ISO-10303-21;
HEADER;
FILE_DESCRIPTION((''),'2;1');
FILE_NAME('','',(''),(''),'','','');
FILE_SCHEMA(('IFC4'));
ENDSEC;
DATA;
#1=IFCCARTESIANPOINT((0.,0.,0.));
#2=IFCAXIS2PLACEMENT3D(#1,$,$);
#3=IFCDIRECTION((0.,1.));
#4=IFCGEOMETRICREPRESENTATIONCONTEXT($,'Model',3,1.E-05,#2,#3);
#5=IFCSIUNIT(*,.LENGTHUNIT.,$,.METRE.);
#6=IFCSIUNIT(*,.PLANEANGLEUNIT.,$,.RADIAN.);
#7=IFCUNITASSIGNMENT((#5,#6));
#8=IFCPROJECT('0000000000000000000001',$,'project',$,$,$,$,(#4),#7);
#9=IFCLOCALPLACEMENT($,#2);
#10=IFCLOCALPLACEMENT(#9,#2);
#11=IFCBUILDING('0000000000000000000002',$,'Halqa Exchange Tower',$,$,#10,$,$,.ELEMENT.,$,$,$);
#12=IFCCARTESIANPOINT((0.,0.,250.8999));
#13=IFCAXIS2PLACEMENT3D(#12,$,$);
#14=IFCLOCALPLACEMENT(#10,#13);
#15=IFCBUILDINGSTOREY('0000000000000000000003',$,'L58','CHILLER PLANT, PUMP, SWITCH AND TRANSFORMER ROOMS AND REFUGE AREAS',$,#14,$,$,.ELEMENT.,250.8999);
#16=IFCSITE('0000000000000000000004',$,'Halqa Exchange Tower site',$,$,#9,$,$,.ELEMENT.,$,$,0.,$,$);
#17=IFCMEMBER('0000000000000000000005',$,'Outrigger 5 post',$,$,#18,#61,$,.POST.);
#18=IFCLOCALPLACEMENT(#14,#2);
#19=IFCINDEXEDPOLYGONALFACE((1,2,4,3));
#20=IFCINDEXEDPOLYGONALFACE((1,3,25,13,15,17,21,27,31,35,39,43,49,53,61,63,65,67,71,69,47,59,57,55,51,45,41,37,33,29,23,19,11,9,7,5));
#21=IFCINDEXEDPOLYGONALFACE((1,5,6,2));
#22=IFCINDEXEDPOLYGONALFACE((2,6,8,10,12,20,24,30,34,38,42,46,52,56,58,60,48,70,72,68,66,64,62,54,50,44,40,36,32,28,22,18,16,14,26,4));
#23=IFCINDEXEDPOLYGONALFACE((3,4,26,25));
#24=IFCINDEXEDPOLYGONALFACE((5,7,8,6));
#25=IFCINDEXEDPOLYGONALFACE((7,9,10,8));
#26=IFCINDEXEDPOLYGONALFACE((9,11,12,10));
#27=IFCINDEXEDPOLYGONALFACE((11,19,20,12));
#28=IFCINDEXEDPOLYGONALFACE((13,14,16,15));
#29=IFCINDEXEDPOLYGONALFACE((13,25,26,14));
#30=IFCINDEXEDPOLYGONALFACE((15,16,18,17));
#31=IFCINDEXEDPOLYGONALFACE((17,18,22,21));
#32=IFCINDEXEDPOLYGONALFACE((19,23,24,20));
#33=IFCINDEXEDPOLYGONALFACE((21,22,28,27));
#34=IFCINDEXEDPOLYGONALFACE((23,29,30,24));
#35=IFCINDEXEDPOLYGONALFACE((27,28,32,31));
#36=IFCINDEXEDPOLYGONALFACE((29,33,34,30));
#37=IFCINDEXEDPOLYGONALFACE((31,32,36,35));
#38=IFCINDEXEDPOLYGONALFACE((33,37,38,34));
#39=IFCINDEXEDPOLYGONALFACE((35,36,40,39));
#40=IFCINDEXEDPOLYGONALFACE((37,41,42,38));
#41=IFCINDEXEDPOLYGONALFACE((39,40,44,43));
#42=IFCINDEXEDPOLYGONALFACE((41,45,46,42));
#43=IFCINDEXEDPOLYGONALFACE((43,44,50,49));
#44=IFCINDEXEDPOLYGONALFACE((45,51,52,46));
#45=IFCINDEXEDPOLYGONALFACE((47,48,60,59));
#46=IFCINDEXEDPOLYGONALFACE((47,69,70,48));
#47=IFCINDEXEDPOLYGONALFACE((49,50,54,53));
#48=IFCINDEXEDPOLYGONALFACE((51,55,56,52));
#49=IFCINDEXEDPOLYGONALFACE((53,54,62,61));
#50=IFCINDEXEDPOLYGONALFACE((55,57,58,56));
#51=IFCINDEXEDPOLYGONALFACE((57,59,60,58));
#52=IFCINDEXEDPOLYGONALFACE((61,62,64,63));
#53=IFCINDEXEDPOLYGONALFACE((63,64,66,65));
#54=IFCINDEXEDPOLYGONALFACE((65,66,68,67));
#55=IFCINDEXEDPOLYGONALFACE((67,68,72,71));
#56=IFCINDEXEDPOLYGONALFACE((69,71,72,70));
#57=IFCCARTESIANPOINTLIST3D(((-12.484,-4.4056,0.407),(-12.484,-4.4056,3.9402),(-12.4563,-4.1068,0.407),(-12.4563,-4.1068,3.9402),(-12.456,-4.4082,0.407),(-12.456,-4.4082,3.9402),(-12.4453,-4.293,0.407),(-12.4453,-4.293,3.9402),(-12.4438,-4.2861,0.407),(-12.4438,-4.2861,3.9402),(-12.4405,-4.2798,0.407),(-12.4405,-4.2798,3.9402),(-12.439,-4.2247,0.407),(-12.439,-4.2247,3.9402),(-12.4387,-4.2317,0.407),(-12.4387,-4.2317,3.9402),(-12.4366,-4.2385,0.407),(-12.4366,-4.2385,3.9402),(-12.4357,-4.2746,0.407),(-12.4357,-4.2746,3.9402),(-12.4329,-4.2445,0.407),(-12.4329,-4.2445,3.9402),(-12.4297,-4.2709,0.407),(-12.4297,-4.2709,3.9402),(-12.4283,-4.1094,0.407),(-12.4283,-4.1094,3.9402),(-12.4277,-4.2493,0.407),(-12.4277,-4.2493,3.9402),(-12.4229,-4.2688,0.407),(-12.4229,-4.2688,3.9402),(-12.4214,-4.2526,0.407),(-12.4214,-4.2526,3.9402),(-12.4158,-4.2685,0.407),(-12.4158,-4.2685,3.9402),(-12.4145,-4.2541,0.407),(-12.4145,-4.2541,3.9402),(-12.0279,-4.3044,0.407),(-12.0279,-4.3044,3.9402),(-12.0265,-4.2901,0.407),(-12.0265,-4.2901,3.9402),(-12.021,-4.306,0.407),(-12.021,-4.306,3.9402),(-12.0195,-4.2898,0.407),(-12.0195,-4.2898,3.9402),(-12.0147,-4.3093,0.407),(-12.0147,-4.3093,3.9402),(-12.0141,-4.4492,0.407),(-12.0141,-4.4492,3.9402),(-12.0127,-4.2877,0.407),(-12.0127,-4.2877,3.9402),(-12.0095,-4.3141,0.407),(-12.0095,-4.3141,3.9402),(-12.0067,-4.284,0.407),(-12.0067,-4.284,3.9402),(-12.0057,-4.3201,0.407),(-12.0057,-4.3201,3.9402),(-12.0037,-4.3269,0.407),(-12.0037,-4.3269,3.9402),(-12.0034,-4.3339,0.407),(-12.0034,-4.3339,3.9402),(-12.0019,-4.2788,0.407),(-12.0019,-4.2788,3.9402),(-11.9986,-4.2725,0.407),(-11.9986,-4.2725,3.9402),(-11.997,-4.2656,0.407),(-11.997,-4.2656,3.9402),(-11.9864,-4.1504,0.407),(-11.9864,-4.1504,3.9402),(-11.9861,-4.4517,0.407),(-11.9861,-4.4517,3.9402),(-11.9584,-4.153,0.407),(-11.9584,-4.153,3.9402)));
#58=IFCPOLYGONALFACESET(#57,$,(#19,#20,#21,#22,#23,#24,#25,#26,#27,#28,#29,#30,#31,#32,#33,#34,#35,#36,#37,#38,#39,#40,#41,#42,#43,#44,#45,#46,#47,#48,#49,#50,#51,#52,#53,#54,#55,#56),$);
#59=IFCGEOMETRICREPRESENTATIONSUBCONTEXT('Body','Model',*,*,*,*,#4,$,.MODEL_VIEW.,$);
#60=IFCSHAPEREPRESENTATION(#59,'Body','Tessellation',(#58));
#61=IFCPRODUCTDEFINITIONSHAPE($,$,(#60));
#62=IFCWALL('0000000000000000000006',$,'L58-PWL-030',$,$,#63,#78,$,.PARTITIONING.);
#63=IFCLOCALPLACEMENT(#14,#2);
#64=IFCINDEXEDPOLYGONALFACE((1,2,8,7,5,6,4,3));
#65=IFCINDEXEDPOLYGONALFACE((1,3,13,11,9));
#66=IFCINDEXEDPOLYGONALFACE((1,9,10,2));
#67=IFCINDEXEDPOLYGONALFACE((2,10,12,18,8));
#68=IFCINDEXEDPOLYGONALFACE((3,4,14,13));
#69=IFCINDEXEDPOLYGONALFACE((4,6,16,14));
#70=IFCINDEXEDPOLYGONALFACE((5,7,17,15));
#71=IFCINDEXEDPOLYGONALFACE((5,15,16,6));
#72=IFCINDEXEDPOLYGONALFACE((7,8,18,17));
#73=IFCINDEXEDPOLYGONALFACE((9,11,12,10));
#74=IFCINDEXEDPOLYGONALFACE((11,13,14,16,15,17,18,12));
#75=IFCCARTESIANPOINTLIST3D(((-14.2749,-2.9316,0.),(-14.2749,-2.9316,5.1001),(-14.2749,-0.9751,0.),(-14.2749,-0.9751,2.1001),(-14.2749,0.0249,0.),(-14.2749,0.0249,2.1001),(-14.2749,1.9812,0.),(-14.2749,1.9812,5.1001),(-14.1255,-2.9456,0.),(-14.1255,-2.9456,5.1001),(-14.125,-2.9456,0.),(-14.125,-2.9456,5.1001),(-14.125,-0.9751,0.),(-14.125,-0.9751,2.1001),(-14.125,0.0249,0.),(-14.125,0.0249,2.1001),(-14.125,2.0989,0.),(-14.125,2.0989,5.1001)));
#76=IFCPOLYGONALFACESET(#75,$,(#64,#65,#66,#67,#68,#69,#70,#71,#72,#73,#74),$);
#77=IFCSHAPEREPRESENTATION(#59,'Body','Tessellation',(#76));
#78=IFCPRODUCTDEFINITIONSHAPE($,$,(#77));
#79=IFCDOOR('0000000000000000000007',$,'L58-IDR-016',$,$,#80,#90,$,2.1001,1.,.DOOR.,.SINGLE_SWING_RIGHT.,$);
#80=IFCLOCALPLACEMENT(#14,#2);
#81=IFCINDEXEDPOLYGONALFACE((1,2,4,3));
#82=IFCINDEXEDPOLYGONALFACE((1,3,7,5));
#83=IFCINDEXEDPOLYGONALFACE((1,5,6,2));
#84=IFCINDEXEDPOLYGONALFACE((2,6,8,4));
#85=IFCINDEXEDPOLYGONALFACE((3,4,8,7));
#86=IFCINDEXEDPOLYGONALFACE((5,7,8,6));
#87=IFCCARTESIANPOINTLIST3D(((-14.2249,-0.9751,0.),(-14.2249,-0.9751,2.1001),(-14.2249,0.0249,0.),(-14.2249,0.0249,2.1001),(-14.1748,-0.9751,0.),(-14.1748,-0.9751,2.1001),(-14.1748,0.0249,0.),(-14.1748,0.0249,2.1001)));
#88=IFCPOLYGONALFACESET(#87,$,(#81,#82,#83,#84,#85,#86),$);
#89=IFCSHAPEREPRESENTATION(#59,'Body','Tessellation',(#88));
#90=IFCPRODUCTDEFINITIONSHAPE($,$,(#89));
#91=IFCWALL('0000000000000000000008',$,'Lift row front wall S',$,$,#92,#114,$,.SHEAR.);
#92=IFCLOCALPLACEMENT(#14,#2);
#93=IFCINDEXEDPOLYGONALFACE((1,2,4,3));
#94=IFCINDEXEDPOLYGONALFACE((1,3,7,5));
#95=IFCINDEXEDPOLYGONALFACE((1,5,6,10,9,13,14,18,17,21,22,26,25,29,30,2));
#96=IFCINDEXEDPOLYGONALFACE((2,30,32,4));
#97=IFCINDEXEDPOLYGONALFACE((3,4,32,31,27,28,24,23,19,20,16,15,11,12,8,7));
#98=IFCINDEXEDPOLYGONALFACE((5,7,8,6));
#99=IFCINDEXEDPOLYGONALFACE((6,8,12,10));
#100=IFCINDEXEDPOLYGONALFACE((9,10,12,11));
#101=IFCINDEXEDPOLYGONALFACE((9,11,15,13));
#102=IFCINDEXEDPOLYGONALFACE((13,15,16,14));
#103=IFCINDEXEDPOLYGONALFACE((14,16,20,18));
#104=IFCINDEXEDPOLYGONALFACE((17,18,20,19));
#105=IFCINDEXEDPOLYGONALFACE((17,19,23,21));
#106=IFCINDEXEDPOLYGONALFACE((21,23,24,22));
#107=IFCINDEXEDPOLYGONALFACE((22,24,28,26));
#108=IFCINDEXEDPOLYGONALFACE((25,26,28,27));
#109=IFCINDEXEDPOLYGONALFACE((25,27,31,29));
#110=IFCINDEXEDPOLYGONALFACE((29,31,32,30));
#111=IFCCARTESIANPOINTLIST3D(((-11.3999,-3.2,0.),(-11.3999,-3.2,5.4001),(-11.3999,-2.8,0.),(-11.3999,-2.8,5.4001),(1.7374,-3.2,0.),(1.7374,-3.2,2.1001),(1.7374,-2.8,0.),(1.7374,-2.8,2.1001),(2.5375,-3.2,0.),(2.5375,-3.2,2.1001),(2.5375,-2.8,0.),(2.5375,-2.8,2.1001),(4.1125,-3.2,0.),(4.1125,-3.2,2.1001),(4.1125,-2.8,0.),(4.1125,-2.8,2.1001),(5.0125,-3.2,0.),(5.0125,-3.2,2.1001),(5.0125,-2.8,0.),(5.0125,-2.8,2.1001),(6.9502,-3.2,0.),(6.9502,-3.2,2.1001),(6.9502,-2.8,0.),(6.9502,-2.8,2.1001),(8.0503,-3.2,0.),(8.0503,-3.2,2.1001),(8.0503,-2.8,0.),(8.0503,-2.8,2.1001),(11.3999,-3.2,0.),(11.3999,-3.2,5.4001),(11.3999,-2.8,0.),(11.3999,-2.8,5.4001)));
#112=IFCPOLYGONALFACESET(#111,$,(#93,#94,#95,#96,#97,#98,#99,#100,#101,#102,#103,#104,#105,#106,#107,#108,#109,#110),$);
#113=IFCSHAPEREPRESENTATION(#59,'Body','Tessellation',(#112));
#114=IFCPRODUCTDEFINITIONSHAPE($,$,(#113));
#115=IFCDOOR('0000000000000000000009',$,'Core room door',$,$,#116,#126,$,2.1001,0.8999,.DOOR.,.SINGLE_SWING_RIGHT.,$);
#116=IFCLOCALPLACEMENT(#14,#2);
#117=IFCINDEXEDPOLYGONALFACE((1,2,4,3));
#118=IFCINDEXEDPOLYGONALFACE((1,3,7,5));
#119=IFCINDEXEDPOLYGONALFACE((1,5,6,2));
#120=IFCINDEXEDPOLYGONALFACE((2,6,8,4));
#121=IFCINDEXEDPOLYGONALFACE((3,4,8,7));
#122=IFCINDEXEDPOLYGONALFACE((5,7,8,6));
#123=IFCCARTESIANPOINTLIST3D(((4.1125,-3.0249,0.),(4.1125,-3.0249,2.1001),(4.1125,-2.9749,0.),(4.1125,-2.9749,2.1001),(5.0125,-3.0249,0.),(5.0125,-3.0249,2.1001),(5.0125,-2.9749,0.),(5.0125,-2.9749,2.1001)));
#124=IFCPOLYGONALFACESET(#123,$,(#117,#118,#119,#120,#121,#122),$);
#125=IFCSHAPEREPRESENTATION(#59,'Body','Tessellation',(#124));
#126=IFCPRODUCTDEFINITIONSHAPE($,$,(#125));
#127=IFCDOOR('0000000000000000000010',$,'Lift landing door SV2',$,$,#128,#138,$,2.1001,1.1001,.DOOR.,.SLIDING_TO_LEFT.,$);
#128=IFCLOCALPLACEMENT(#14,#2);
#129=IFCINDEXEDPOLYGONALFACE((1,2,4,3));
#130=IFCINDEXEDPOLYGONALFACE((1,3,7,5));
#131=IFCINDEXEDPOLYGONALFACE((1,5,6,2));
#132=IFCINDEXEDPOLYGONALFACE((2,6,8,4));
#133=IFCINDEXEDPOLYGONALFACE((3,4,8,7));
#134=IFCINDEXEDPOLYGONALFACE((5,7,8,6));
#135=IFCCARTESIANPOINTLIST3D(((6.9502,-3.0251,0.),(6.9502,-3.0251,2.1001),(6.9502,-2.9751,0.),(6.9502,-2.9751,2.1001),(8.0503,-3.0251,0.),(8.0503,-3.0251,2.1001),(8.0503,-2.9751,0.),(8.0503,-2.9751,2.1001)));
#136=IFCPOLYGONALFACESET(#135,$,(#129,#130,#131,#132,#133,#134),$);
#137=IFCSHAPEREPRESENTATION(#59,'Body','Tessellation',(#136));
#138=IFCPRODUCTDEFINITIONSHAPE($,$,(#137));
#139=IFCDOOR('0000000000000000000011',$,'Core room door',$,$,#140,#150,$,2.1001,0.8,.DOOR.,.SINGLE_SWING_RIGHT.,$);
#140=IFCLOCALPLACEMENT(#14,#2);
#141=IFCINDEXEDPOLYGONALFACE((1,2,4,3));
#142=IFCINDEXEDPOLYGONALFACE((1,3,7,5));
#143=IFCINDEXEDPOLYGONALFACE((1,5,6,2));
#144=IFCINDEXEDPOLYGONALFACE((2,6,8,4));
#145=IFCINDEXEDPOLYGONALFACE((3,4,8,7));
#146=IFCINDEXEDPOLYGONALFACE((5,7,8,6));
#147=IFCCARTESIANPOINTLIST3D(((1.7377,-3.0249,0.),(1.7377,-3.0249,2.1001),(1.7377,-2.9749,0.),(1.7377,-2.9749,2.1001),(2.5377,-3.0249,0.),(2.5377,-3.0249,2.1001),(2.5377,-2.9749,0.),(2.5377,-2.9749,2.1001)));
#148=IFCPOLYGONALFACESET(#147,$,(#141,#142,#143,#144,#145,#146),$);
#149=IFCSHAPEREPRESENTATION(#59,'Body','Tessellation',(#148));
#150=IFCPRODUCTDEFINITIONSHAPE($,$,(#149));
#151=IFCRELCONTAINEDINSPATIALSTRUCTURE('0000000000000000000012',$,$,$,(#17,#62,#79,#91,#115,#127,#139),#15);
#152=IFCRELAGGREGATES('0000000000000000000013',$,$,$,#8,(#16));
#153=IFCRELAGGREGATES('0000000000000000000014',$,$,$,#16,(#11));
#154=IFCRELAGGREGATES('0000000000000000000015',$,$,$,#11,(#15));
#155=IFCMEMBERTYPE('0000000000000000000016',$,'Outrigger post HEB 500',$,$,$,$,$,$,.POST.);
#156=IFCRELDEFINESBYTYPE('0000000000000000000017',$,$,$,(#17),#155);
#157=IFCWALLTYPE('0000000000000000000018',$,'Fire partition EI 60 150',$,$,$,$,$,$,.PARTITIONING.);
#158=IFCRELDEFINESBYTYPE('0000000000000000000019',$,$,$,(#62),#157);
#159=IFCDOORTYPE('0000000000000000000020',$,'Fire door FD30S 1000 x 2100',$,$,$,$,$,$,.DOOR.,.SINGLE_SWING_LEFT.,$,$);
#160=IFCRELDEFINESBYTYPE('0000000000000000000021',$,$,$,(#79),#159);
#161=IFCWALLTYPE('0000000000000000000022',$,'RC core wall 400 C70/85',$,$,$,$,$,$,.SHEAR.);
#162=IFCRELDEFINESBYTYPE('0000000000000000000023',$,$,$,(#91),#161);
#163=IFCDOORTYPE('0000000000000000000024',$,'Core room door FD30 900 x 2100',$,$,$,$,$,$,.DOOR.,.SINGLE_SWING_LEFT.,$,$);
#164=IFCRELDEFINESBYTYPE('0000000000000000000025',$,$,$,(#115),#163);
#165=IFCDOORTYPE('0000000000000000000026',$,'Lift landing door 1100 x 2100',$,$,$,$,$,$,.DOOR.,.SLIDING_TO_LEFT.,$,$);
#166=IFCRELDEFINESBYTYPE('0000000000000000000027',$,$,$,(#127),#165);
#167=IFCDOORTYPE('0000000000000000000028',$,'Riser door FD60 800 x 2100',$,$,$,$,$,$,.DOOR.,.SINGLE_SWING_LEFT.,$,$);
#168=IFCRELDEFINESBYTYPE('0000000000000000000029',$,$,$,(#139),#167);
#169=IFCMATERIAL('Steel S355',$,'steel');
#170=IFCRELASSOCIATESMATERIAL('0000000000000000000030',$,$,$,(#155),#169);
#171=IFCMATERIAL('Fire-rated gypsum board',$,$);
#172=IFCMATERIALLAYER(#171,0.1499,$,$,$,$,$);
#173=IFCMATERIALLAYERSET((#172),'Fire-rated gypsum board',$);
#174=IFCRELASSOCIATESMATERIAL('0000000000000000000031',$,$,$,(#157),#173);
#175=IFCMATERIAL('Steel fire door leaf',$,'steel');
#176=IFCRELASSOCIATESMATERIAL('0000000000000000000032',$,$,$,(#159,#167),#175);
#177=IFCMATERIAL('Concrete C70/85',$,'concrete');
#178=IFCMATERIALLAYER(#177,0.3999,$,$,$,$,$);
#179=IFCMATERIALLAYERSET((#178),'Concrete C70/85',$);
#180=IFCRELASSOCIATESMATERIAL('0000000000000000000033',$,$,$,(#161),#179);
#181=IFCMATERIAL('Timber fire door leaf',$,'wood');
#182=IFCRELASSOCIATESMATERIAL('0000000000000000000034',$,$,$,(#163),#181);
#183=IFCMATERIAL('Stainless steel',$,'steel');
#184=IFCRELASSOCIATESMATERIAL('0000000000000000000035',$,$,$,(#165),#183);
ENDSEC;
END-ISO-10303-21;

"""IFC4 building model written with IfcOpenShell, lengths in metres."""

from ifc_helpers import new_model, si_unit, direction, frame, frame_2d, origin, origin_2d, place, context, subcontext, project, spatial, polyline, rectangle, i_section, outline, extrude, material, layer, layer_set, material_profile, profile_set, type_object, element, fill, save


model = new_model("IFC4")

# Units and contexts
model_context = context("Model", 3, precision=1e-05, world=origin(), true_north=direction((0.0, 1.0)))
body_context = subcontext(model_context, "Body", "Model", "MODEL_VIEW")
ifc_project = project(units=[si_unit("LENGTHUNIT", "METRE"), si_unit("PLANEANGLEUNIT", "RADIAN")], contexts=[model_context])

# Site, building, storey
site_placement = place(None, origin())
site = spatial("IfcSite", under=ifc_project, at=site_placement, Name="Halqa Exchange Tower site", CompositionType="ELEMENT", RefElevation=0.0)
building_placement = place(site_placement, origin())
building = spatial("IfcBuilding", under=site, at=building_placement, Name="Halqa Exchange Tower", CompositionType="ELEMENT")
storey_placement = place(building_placement, frame((0.0, 0.0, 250.8999)))
storey = spatial("IfcBuildingStorey", under=building, at=storey_placement, Name="L58", Description="CHILLER PLANT, PUMP, SWITCH AND TRANSFORMER ROOMS AND REFUGE AREAS", CompositionType="ELEMENT", Elevation=250.8999)

# Shared definitions
ifc_material_1 = material(Name="Steel S355", Category="steel")

# Member
ifc_material_profile_1 = material_profile(ifc_material_1, i_section(OverallWidth=0.3, OverallDepth=0.5, WebThickness=0.0144, FlangeThickness=0.0281, FilletRadius=0.0271, at=origin_2d()), Name="HEB 500")
ifc_profile_set_1 = profile_set([ifc_material_profile_1], Name="Steel S355")
member_type_1 = type_object("IfcMemberType", Name="Outrigger post HEB 500", PredefinedType="POST", material=ifc_profile_set_1)
member_1_placement = place(storey_placement, frame((-12.2212, -4.2793, 0.407), z_axis=(0.0, 0.0, 1.0), x_axis=(-0.092266, -0.995734, 0.0)))
element("IfcMember", 1, at=member_1_placement, inside=storey, type_object=member_type_1, Name="Outrigger 5 post", PredefinedType="POST", context=body_context, shape_type="SweptSolid", body=[
    extrude(i_section(OverallWidth=0.3, OverallDepth=0.5, WebThickness=0.0144, FlangeThickness=0.0281, FilletRadius=0.0271, at=origin_2d()), origin(), (0.0, 0.0, 1.0), 3.5332),
])

# Wall, opening, door
ifc_material_2 = material(Name="Fire-rated gypsum board")
ifc_layer_1 = layer(ifc_material_2, 0.1499)
ifc_layer_set_1 = layer_set([ifc_layer_1], Name="Fire-rated gypsum board")
wall_type_1 = type_object("IfcWallType", Name="Fire partition EI 60 150", PredefinedType="PARTITIONING", material=ifc_layer_set_1)
wall_1_placement = place(storey_placement, frame((-14.2, -2.9456, 0.0), z_axis=(0.0, 0.0, 1.0), x_axis=(0.0, 1.0, 0.0)))
wall_1 = element("IfcWall", 2, at=wall_1_placement, inside=storey, type_object=wall_type_1, Name="L58-PWL-030", PredefinedType="PARTITIONING", context=body_context, shape_type="SweptSolid", body=[
    extrude(outline(polyline([(0.0, -0.075), (1.6814, -0.075), (3.3628, -0.075), (5.0444, -0.075), (4.9856, 0.0), (4.9268, 0.075), (3.2891, 0.075), (1.6514, 0.075), (0.0139, 0.075), (0.0, -0.0745), (0.0, -0.075)])), origin(), (0.0, 0.0, 1.0), 5.1001),
])
opening_1_placement = place(wall_1_placement, frame((1.9705, 0.0, 0.0)))
opening_1 = element("IfcOpeningElement", 3, at=opening_1_placement, cuts=wall_1, PredefinedType="OPENING", context=body_context, shape_type="SweptSolid", body=[
    extrude(rectangle(XDim=1.0, YDim=2.1001, at=frame_2d((0.5, 1.05))), frame((0.0, 0.0869, 0.0), z_axis=(0.0, -1.0, 0.0), x_axis=(1.0, 0.0, 0.0)), (0.0, 0.0, 1.0), 0.1738),
])
ifc_material_3 = material(Name="Steel fire door leaf", Category="steel")
door_type_1 = type_object("IfcDoorType", Name="Fire door FD30S 1000 x 2100", OperationType="SINGLE_SWING_LEFT", PredefinedType="DOOR", material=ifc_material_3)
door_1_placement = place(opening_1_placement, origin())
door_1 = element("IfcDoor", 4, at=door_1_placement, inside=storey, type_object=door_type_1, Name="L58-IDR-016", OperationType="SINGLE_SWING_RIGHT", OverallHeight=2.1001, OverallWidth=1.0, PredefinedType="DOOR", context=body_context, shape_type="SweptSolid", body=[
    extrude(rectangle(XDim=1.0, YDim=2.1001, at=frame_2d((0.5, 1.05))), frame((0.0, 0.0249, 0.0), z_axis=(0.0, -1.0, 0.0), x_axis=(1.0, 0.0, 0.0)), (0.0, 0.0, 1.0), 0.05),
])
fill(opening_1, door_1)

# Wall, openings, doors
ifc_material_4 = material(Name="Concrete C70/85", Category="concrete")
ifc_layer_2 = layer(ifc_material_4, 0.3999)
ifc_layer_set_2 = layer_set([ifc_layer_2], Name="Concrete C70/85")
wall_type_2 = type_object("IfcWallType", Name="RC core wall 400 C70/85", PredefinedType="SHEAR", material=ifc_layer_set_2)
wall_2_placement = place(storey_placement, frame((-11.3999, -3.0, 0.0), z_axis=(0.0, 0.0, 1.0), x_axis=(1.0, 0.0, 0.0)))
wall_2 = element("IfcWall", 5, at=wall_2_placement, inside=storey, type_object=wall_type_2, Name="Lift row front wall S", PredefinedType="SHEAR", context=body_context, shape_type="SweptSolid", body=[
    extrude(rectangle(XDim=22.7998, YDim=0.3999, at=frame_2d((11.3999, 0.0))), origin(), (0.0, 0.0, 1.0), 5.4001),
])
opening_2_placement = place(wall_2_placement, frame((18.3501, 0.0, 0.0)))
opening_2 = element("IfcOpeningElement", 6, at=opening_2_placement, cuts=wall_2, PredefinedType="OPENING", context=body_context, shape_type="SweptSolid", body=[
    extrude(rectangle(XDim=1.1001, YDim=2.1001, at=frame_2d((0.55, 1.05))), frame((0.0, 0.2119, 0.0), z_axis=(0.0, -1.0, 0.0), x_axis=(1.0, 0.0, 0.0)), (0.0, 0.0, 1.0), 0.4238),
])
opening_3_placement = place(wall_2_placement, frame((13.1375, 0.0, 0.0)))
opening_3 = element("IfcOpeningElement", 7, at=opening_3_placement, cuts=wall_2, PredefinedType="OPENING", context=body_context, shape_type="SweptSolid", body=[
    extrude(rectangle(XDim=0.8, YDim=2.1001, at=frame_2d((0.3999, 1.05))), frame((0.0, 0.2119, 0.0), z_axis=(0.0, -1.0, 0.0), x_axis=(1.0, 0.0, 0.0)), (0.0, 0.0, 1.0), 0.4238),
])
opening_4_placement = place(wall_2_placement, frame((15.5125, 0.0, 0.0)))
opening_4 = element("IfcOpeningElement", 8, at=opening_4_placement, cuts=wall_2, PredefinedType="OPENING", context=body_context, shape_type="SweptSolid", body=[
    extrude(rectangle(XDim=0.8999, YDim=2.1001, at=frame_2d((0.45, 1.05))), frame((0.0, 0.2119, 0.0), z_axis=(0.0, -1.0, 0.0), x_axis=(1.0, 0.0, 0.0)), (0.0, 0.0, 1.0), 0.4238),
])
ifc_material_5 = material(Name="Timber fire door leaf", Category="wood")
door_type_2 = type_object("IfcDoorType", Name="Core room door FD30 900 x 2100", OperationType="SINGLE_SWING_LEFT", PredefinedType="DOOR", material=ifc_material_5)
door_2_placement = place(opening_4_placement, frame((0.8999, 0.0, 0.0), z_axis=(0.0, 0.0, 1.0), x_axis=(-1.0, 0.0, 0.0)))
door_2 = element("IfcDoor", 9, at=door_2_placement, inside=storey, type_object=door_type_2, Name="Core room door", OperationType="SINGLE_SWING_RIGHT", OverallHeight=2.1001, OverallWidth=0.8999, PredefinedType="DOOR", context=body_context, shape_type="SweptSolid", body=[
    extrude(rectangle(XDim=0.8999, YDim=2.1001, at=frame_2d((0.45, 1.05))), frame((0.0, 0.0249, 0.0), z_axis=(0.0, -1.0, 0.0), x_axis=(1.0, 0.0, 0.0)), (0.0, 0.0, 1.0), 0.05),
])
fill(opening_4, door_2)
ifc_material_6 = material(Name="Stainless steel", Category="steel")
door_type_3 = type_object("IfcDoorType", Name="Lift landing door 1100 x 2100", OperationType="SLIDING_TO_LEFT", PredefinedType="DOOR", material=ifc_material_6)
door_3_placement = place(opening_2_placement, origin())
door_3 = element("IfcDoor", 10, at=door_3_placement, inside=storey, type_object=door_type_3, Name="Lift landing door SV2", OperationType="SLIDING_TO_LEFT", OverallHeight=2.1001, OverallWidth=1.1001, PredefinedType="DOOR", context=body_context, shape_type="SweptSolid", body=[
    extrude(rectangle(XDim=1.1001, YDim=2.1001, at=frame_2d((0.55, 1.05))), frame((0.0, 0.0249, 0.0), z_axis=(0.0, -1.0, 0.0), x_axis=(1.0, 0.0, 0.0)), (0.0, 0.0, 1.0), 0.05),
])
fill(opening_2, door_3)
door_type_4 = type_object("IfcDoorType", Name="Riser door FD60 800 x 2100", OperationType="SINGLE_SWING_LEFT", PredefinedType="DOOR", material=ifc_material_3)
door_4_placement = place(opening_3_placement, frame((0.8, 0.0, 0.0), z_axis=(0.0, 0.0, 1.0), x_axis=(-1.0, 0.0, 0.0)))
door_4 = element("IfcDoor", 11, at=door_4_placement, inside=storey, type_object=door_type_4, Name="Core room door", OperationType="SINGLE_SWING_RIGHT", OverallHeight=2.1001, OverallWidth=0.8, PredefinedType="DOOR", context=body_context, shape_type="SweptSolid", body=[
    extrude(rectangle(XDim=0.8, YDim=2.1001, at=frame_2d((0.3999, 1.05))), frame((0.0, 0.0249, 0.0), z_axis=(0.0, -1.0, 0.0), x_axis=(1.0, 0.0, 0.0)), (0.0, 0.0, 1.0), 0.05),
])
fill(opening_3, door_4)

save(model, "model.ifc")
